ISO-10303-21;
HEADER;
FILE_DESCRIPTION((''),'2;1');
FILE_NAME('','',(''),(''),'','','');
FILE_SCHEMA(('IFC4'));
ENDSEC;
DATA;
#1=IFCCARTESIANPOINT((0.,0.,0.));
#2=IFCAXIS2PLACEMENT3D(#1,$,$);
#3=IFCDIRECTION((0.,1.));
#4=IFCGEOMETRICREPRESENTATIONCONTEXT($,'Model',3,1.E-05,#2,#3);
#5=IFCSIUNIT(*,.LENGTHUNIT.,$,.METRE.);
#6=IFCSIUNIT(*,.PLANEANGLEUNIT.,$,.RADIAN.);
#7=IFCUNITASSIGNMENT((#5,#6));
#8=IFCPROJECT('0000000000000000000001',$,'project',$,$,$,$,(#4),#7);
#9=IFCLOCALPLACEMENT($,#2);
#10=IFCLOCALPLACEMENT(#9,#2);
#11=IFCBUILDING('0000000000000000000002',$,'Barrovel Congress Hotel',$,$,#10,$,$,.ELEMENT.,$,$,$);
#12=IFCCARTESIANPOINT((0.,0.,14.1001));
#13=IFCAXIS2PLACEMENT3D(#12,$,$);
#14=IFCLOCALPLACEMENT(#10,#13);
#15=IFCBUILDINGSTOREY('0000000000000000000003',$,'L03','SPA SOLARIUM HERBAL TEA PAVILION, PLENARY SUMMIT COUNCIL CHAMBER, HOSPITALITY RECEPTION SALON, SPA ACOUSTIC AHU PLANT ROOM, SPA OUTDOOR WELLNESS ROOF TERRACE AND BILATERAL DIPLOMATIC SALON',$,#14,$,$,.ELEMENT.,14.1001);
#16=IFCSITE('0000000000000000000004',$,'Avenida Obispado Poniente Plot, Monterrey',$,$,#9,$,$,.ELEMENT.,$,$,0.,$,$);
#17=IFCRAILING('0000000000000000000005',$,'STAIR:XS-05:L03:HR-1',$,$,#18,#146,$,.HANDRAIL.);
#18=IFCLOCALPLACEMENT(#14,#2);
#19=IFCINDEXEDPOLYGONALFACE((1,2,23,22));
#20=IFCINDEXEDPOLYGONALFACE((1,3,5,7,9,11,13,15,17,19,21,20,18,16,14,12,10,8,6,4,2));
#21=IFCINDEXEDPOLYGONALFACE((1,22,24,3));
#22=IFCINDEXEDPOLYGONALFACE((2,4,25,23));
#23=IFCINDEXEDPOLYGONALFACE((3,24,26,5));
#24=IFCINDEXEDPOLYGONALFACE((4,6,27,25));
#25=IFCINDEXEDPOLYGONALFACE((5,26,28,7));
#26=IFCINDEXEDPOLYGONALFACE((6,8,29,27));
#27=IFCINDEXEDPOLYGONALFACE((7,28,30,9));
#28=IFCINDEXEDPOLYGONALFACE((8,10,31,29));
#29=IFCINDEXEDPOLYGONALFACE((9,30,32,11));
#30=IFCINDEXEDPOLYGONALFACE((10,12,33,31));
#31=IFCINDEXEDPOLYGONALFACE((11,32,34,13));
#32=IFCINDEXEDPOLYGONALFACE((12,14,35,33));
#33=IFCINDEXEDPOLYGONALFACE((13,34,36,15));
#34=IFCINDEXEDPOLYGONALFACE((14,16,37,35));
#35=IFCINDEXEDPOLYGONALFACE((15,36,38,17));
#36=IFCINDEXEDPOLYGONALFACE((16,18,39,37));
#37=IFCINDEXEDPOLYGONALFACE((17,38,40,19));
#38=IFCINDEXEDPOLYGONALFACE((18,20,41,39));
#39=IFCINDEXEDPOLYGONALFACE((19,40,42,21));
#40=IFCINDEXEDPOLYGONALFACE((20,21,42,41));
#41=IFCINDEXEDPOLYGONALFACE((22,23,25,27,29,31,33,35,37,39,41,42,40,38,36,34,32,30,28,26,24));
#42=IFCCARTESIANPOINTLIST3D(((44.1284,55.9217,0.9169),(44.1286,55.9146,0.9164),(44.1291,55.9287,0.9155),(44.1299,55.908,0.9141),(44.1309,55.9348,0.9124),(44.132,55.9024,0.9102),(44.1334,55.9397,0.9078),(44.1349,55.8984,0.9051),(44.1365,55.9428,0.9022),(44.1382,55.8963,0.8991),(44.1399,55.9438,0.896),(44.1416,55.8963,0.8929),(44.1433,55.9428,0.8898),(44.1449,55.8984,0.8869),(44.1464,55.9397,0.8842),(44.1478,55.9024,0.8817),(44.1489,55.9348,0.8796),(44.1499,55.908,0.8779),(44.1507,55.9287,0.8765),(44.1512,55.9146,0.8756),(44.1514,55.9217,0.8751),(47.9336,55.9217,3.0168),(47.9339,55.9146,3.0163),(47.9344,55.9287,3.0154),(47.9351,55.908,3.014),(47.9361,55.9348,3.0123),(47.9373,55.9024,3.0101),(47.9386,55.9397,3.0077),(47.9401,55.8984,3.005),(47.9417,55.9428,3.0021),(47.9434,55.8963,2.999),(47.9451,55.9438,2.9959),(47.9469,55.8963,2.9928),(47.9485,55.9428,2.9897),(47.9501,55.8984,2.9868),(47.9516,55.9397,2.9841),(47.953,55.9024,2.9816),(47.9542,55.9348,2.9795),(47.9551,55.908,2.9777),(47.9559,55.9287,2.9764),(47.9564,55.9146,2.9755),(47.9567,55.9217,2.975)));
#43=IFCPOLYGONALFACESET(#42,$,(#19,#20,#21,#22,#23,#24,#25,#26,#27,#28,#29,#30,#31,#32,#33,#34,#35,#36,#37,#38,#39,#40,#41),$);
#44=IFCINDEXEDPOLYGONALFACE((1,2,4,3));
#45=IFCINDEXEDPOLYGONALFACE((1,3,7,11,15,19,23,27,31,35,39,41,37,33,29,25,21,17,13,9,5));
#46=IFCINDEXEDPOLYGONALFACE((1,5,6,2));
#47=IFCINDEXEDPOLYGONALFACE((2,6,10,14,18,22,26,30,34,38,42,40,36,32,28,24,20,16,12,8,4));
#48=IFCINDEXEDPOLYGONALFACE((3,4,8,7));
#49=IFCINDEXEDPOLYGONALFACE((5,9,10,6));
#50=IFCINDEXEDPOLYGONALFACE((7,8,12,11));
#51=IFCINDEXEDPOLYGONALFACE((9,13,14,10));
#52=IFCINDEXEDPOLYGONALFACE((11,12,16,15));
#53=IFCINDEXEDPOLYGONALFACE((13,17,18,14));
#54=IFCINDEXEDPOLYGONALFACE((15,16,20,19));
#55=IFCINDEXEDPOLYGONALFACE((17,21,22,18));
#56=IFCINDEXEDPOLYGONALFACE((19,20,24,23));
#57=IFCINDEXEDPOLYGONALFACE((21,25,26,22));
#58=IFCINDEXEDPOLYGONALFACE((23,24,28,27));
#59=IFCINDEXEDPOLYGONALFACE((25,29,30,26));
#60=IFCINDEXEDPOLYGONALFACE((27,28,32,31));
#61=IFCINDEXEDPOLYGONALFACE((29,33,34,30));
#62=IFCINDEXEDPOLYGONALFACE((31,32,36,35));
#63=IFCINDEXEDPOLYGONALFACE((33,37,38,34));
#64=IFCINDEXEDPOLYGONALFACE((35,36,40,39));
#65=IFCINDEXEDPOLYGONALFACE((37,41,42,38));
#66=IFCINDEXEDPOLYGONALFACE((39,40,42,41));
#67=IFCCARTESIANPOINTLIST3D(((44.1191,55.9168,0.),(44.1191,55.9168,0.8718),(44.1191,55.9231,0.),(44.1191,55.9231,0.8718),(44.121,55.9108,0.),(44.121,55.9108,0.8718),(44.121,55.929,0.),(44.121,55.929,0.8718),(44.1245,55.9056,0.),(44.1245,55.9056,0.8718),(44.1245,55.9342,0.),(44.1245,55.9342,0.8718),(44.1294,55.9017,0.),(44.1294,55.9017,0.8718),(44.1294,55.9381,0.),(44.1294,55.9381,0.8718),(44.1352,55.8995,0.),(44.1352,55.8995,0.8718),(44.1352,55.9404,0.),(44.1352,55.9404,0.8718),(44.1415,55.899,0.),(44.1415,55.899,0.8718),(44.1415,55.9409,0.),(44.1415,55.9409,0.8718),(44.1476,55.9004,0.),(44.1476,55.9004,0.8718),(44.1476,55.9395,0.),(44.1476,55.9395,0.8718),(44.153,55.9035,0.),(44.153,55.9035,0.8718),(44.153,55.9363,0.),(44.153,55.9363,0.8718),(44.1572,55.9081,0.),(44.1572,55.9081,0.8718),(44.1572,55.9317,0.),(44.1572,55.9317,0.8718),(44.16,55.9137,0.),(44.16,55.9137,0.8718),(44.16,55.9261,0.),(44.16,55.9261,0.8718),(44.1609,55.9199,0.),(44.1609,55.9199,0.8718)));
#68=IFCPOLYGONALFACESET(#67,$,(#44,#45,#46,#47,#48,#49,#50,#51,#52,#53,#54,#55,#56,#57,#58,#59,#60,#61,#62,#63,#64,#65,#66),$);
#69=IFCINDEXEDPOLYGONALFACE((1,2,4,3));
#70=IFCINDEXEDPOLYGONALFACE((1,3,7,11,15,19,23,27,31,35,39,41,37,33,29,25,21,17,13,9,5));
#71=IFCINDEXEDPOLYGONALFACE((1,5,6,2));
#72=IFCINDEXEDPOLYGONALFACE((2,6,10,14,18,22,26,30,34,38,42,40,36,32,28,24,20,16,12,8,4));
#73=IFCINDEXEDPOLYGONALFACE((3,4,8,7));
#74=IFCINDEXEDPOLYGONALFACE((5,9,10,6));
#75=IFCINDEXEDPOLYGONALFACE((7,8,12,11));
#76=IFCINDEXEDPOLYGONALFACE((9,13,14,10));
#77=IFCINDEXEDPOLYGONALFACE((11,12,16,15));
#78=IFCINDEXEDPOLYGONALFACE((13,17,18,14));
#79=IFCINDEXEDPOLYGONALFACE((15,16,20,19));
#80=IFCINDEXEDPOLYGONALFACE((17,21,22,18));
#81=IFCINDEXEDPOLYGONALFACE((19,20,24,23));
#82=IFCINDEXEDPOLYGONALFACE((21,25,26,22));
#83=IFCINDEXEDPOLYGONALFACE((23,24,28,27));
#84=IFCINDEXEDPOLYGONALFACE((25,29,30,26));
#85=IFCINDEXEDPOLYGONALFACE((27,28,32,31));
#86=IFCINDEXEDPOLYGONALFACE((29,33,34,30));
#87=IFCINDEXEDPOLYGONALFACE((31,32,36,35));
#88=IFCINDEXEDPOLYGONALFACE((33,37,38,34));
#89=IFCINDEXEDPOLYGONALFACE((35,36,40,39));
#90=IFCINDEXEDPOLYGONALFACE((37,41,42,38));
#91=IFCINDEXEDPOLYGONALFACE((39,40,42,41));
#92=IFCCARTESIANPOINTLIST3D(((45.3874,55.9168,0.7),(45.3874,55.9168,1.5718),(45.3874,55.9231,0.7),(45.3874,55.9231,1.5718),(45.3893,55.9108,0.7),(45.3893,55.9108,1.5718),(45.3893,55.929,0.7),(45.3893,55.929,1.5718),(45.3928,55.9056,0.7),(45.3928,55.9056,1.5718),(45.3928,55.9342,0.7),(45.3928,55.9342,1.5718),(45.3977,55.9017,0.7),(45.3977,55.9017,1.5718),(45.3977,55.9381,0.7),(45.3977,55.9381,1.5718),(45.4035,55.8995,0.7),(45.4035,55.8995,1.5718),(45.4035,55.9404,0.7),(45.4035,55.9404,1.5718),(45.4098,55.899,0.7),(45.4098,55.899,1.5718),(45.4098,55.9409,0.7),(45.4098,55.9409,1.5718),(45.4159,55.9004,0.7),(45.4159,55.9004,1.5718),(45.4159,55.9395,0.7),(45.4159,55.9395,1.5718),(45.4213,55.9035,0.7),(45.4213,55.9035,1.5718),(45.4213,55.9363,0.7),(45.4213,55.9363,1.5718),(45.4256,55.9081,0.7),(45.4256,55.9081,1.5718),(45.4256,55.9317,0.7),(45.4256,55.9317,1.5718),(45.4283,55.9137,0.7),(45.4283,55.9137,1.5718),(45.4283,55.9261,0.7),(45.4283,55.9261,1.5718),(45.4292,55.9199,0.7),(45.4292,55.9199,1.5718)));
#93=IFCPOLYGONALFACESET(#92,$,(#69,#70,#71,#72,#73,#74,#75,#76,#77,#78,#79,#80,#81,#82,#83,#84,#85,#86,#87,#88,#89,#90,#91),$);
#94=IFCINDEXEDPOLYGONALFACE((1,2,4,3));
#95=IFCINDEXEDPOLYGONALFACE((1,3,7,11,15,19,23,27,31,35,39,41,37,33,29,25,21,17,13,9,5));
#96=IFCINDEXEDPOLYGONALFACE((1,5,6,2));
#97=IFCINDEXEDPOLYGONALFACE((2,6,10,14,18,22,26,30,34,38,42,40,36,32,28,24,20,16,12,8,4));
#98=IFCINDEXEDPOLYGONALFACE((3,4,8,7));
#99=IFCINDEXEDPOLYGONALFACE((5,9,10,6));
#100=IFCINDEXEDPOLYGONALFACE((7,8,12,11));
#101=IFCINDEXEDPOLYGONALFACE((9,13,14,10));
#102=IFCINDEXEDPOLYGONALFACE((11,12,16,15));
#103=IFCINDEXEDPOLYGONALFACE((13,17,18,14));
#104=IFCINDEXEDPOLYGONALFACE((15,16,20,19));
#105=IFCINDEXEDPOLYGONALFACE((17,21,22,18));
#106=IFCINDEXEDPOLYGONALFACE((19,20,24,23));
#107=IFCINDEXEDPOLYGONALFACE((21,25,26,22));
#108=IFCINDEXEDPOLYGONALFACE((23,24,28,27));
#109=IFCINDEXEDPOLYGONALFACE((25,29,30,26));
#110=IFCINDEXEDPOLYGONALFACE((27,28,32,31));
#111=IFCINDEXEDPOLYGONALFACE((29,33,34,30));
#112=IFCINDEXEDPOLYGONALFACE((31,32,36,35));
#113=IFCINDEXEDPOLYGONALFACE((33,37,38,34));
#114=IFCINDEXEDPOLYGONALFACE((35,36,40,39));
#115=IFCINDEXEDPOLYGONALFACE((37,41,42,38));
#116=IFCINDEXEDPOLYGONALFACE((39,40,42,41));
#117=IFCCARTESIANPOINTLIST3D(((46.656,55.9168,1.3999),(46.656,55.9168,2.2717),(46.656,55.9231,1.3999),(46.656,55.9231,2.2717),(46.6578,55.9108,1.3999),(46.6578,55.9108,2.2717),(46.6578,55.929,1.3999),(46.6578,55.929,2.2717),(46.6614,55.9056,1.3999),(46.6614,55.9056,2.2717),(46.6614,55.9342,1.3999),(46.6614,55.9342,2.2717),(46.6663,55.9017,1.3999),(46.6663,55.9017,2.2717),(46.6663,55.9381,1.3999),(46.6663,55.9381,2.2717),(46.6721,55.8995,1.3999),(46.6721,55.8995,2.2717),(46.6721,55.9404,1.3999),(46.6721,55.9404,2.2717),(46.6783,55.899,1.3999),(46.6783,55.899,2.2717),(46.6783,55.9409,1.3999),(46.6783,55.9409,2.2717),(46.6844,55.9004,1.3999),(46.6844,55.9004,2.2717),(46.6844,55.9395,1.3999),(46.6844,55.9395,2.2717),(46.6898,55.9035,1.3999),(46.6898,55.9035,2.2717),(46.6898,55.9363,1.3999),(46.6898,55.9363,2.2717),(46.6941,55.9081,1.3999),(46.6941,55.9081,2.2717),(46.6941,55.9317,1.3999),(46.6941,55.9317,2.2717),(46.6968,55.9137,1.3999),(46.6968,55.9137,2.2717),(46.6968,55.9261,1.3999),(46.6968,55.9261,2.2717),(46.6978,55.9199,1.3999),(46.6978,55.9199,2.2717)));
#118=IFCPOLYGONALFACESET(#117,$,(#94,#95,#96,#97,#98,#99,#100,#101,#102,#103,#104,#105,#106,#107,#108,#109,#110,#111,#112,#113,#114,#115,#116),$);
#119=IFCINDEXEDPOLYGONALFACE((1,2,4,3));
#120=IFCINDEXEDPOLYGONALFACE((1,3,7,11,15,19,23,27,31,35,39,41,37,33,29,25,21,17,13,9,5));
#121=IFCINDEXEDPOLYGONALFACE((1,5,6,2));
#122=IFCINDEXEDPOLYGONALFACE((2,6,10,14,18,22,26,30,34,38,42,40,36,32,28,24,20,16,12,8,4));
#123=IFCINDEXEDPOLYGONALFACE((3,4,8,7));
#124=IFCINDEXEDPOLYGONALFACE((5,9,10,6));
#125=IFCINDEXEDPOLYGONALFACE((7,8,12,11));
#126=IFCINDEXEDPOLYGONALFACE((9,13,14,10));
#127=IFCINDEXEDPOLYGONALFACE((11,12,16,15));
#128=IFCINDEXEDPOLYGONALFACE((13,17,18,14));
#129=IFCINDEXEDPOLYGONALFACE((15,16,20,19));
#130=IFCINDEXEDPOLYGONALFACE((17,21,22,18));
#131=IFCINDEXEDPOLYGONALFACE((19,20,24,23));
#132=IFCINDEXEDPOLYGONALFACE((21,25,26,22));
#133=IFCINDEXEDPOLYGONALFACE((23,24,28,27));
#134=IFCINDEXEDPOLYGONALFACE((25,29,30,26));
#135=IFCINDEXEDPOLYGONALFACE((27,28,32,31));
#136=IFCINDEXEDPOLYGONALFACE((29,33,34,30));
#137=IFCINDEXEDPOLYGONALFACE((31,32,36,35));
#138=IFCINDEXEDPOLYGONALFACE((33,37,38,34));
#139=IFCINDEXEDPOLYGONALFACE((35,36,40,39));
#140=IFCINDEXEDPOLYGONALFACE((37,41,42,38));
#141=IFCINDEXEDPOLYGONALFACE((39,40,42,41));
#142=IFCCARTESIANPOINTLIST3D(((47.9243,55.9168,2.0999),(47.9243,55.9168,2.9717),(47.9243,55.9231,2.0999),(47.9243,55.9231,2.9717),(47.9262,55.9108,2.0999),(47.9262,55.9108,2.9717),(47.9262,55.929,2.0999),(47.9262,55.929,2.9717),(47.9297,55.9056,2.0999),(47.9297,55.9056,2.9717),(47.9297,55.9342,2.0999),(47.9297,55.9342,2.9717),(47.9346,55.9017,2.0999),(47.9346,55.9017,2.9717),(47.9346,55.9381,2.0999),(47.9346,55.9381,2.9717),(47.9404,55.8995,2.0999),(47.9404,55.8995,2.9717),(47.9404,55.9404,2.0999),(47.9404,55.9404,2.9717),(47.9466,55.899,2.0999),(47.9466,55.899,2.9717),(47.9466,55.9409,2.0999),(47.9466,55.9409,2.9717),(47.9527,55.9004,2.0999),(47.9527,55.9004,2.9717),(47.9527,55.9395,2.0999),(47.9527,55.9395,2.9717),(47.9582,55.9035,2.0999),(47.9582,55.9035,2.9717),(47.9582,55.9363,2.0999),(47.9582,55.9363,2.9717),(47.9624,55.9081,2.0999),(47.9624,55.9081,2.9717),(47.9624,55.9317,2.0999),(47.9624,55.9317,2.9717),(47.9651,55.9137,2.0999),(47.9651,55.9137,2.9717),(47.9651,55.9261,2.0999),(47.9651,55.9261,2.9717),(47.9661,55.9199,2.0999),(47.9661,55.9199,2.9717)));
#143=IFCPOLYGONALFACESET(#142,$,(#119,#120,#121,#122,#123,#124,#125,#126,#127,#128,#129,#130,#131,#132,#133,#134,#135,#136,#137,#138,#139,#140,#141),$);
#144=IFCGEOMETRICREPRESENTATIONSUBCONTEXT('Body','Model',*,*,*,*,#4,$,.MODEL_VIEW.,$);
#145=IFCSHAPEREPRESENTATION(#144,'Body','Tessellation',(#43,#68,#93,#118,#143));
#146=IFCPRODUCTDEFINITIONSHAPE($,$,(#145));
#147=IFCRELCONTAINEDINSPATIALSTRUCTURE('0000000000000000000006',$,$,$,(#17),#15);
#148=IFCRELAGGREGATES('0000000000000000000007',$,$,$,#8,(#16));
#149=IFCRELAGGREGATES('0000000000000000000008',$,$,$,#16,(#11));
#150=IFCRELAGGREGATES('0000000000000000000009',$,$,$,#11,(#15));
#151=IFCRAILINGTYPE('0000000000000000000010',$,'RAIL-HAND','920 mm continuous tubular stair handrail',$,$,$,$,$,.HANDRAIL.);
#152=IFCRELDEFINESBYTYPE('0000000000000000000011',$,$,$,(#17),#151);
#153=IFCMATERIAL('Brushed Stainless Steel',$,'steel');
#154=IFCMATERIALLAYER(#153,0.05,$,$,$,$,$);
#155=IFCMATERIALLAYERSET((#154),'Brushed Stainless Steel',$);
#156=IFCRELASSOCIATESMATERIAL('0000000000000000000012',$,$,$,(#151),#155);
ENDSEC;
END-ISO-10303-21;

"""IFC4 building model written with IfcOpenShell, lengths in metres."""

from ifc_helpers import new_model, si_unit, direction, frame, origin, origin_2d, place, context, subcontext, project, spatial, circle, extrude, material, layer, layer_set, type_object, element, save


model = new_model("IFC4")

# Units and contexts
model_context = context("Model", 3, precision=1e-05, world=origin(), true_north=direction((0.0, 1.0)))
body_context = subcontext(model_context, "Body", "Model", "MODEL_VIEW")
ifc_project = project(units=[si_unit("LENGTHUNIT", "METRE"), si_unit("PLANEANGLEUNIT", "RADIAN")], contexts=[model_context])

# Site, building, storey
site_placement = place(None, origin())
site = spatial("IfcSite", under=ifc_project, at=site_placement, Name="Avenida Obispado Poniente Plot, Monterrey", CompositionType="ELEMENT", RefElevation=0.0)
building_placement = place(site_placement, origin())
building = spatial("IfcBuilding", under=site, at=building_placement, Name="Barrovel Congress Hotel", CompositionType="ELEMENT")
storey_placement = place(building_placement, frame((0.0, 0.0, 14.1001)))
storey = spatial("IfcBuildingStorey", under=building, at=storey_placement, Name="L03", Description="SPA SOLARIUM HERBAL TEA PAVILION, PLENARY SUMMIT COUNCIL CHAMBER, HOSPITALITY RECEPTION SALON, SPA ACOUSTIC AHU PLANT ROOM, SPA OUTDOOR WELLNESS ROOF TERRACE AND BILATERAL DIPLOMATIC SALON", CompositionType="ELEMENT", Elevation=14.1001)

# Railing
ifc_material_1 = material(Name="Brushed Stainless Steel", Category="steel")
ifc_layer_1 = layer(ifc_material_1, 0.05)
ifc_layer_set_1 = layer_set([ifc_layer_1], Name="Brushed Stainless Steel")
railing_type_1 = type_object("IfcRailingType", Name="RAIL-HAND", Description="920 mm continuous tubular stair handrail", PredefinedType="HANDRAIL", material=ifc_layer_set_1)
railing_1_placement = place(storey_placement, frame((44.1399, 55.9199, 0.0)))
element("IfcRailing", 1, at=railing_1_placement, inside=storey, type_object=railing_type_1, Name="STAIR:XS-05:L03:HR-1", PredefinedType="HANDRAIL", context=body_context, shape_type="SweptSolid", body=[
    extrude(circle(Radius=0.0239, at=origin_2d()), frame((0.0, 0.0, 0.896), z_axis=(0.875534, 0.0, 0.483156), x_axis=(0.0, 1.0, 0.0)), (0.0, 0.0, 1.0), 4.3462),
    extrude(circle(Radius=0.021, at=origin_2d()), origin(), (0.0, 0.0, 1.0), 0.8718),
    extrude(circle(Radius=0.021, at=origin_2d()), frame((1.2683, 0.0, 0.7)), (0.0, 0.0, 1.0), 0.8718),
    extrude(circle(Radius=0.021, at=origin_2d()), frame((2.5369, 0.0, 1.3999)), (0.0, 0.0, 1.0), 0.8718),
    extrude(circle(Radius=0.021, at=origin_2d()), frame((3.8052, 0.0, 2.0999)), (0.0, 0.0, 1.0), 0.8718),
])

save(model, "model.ifc")
